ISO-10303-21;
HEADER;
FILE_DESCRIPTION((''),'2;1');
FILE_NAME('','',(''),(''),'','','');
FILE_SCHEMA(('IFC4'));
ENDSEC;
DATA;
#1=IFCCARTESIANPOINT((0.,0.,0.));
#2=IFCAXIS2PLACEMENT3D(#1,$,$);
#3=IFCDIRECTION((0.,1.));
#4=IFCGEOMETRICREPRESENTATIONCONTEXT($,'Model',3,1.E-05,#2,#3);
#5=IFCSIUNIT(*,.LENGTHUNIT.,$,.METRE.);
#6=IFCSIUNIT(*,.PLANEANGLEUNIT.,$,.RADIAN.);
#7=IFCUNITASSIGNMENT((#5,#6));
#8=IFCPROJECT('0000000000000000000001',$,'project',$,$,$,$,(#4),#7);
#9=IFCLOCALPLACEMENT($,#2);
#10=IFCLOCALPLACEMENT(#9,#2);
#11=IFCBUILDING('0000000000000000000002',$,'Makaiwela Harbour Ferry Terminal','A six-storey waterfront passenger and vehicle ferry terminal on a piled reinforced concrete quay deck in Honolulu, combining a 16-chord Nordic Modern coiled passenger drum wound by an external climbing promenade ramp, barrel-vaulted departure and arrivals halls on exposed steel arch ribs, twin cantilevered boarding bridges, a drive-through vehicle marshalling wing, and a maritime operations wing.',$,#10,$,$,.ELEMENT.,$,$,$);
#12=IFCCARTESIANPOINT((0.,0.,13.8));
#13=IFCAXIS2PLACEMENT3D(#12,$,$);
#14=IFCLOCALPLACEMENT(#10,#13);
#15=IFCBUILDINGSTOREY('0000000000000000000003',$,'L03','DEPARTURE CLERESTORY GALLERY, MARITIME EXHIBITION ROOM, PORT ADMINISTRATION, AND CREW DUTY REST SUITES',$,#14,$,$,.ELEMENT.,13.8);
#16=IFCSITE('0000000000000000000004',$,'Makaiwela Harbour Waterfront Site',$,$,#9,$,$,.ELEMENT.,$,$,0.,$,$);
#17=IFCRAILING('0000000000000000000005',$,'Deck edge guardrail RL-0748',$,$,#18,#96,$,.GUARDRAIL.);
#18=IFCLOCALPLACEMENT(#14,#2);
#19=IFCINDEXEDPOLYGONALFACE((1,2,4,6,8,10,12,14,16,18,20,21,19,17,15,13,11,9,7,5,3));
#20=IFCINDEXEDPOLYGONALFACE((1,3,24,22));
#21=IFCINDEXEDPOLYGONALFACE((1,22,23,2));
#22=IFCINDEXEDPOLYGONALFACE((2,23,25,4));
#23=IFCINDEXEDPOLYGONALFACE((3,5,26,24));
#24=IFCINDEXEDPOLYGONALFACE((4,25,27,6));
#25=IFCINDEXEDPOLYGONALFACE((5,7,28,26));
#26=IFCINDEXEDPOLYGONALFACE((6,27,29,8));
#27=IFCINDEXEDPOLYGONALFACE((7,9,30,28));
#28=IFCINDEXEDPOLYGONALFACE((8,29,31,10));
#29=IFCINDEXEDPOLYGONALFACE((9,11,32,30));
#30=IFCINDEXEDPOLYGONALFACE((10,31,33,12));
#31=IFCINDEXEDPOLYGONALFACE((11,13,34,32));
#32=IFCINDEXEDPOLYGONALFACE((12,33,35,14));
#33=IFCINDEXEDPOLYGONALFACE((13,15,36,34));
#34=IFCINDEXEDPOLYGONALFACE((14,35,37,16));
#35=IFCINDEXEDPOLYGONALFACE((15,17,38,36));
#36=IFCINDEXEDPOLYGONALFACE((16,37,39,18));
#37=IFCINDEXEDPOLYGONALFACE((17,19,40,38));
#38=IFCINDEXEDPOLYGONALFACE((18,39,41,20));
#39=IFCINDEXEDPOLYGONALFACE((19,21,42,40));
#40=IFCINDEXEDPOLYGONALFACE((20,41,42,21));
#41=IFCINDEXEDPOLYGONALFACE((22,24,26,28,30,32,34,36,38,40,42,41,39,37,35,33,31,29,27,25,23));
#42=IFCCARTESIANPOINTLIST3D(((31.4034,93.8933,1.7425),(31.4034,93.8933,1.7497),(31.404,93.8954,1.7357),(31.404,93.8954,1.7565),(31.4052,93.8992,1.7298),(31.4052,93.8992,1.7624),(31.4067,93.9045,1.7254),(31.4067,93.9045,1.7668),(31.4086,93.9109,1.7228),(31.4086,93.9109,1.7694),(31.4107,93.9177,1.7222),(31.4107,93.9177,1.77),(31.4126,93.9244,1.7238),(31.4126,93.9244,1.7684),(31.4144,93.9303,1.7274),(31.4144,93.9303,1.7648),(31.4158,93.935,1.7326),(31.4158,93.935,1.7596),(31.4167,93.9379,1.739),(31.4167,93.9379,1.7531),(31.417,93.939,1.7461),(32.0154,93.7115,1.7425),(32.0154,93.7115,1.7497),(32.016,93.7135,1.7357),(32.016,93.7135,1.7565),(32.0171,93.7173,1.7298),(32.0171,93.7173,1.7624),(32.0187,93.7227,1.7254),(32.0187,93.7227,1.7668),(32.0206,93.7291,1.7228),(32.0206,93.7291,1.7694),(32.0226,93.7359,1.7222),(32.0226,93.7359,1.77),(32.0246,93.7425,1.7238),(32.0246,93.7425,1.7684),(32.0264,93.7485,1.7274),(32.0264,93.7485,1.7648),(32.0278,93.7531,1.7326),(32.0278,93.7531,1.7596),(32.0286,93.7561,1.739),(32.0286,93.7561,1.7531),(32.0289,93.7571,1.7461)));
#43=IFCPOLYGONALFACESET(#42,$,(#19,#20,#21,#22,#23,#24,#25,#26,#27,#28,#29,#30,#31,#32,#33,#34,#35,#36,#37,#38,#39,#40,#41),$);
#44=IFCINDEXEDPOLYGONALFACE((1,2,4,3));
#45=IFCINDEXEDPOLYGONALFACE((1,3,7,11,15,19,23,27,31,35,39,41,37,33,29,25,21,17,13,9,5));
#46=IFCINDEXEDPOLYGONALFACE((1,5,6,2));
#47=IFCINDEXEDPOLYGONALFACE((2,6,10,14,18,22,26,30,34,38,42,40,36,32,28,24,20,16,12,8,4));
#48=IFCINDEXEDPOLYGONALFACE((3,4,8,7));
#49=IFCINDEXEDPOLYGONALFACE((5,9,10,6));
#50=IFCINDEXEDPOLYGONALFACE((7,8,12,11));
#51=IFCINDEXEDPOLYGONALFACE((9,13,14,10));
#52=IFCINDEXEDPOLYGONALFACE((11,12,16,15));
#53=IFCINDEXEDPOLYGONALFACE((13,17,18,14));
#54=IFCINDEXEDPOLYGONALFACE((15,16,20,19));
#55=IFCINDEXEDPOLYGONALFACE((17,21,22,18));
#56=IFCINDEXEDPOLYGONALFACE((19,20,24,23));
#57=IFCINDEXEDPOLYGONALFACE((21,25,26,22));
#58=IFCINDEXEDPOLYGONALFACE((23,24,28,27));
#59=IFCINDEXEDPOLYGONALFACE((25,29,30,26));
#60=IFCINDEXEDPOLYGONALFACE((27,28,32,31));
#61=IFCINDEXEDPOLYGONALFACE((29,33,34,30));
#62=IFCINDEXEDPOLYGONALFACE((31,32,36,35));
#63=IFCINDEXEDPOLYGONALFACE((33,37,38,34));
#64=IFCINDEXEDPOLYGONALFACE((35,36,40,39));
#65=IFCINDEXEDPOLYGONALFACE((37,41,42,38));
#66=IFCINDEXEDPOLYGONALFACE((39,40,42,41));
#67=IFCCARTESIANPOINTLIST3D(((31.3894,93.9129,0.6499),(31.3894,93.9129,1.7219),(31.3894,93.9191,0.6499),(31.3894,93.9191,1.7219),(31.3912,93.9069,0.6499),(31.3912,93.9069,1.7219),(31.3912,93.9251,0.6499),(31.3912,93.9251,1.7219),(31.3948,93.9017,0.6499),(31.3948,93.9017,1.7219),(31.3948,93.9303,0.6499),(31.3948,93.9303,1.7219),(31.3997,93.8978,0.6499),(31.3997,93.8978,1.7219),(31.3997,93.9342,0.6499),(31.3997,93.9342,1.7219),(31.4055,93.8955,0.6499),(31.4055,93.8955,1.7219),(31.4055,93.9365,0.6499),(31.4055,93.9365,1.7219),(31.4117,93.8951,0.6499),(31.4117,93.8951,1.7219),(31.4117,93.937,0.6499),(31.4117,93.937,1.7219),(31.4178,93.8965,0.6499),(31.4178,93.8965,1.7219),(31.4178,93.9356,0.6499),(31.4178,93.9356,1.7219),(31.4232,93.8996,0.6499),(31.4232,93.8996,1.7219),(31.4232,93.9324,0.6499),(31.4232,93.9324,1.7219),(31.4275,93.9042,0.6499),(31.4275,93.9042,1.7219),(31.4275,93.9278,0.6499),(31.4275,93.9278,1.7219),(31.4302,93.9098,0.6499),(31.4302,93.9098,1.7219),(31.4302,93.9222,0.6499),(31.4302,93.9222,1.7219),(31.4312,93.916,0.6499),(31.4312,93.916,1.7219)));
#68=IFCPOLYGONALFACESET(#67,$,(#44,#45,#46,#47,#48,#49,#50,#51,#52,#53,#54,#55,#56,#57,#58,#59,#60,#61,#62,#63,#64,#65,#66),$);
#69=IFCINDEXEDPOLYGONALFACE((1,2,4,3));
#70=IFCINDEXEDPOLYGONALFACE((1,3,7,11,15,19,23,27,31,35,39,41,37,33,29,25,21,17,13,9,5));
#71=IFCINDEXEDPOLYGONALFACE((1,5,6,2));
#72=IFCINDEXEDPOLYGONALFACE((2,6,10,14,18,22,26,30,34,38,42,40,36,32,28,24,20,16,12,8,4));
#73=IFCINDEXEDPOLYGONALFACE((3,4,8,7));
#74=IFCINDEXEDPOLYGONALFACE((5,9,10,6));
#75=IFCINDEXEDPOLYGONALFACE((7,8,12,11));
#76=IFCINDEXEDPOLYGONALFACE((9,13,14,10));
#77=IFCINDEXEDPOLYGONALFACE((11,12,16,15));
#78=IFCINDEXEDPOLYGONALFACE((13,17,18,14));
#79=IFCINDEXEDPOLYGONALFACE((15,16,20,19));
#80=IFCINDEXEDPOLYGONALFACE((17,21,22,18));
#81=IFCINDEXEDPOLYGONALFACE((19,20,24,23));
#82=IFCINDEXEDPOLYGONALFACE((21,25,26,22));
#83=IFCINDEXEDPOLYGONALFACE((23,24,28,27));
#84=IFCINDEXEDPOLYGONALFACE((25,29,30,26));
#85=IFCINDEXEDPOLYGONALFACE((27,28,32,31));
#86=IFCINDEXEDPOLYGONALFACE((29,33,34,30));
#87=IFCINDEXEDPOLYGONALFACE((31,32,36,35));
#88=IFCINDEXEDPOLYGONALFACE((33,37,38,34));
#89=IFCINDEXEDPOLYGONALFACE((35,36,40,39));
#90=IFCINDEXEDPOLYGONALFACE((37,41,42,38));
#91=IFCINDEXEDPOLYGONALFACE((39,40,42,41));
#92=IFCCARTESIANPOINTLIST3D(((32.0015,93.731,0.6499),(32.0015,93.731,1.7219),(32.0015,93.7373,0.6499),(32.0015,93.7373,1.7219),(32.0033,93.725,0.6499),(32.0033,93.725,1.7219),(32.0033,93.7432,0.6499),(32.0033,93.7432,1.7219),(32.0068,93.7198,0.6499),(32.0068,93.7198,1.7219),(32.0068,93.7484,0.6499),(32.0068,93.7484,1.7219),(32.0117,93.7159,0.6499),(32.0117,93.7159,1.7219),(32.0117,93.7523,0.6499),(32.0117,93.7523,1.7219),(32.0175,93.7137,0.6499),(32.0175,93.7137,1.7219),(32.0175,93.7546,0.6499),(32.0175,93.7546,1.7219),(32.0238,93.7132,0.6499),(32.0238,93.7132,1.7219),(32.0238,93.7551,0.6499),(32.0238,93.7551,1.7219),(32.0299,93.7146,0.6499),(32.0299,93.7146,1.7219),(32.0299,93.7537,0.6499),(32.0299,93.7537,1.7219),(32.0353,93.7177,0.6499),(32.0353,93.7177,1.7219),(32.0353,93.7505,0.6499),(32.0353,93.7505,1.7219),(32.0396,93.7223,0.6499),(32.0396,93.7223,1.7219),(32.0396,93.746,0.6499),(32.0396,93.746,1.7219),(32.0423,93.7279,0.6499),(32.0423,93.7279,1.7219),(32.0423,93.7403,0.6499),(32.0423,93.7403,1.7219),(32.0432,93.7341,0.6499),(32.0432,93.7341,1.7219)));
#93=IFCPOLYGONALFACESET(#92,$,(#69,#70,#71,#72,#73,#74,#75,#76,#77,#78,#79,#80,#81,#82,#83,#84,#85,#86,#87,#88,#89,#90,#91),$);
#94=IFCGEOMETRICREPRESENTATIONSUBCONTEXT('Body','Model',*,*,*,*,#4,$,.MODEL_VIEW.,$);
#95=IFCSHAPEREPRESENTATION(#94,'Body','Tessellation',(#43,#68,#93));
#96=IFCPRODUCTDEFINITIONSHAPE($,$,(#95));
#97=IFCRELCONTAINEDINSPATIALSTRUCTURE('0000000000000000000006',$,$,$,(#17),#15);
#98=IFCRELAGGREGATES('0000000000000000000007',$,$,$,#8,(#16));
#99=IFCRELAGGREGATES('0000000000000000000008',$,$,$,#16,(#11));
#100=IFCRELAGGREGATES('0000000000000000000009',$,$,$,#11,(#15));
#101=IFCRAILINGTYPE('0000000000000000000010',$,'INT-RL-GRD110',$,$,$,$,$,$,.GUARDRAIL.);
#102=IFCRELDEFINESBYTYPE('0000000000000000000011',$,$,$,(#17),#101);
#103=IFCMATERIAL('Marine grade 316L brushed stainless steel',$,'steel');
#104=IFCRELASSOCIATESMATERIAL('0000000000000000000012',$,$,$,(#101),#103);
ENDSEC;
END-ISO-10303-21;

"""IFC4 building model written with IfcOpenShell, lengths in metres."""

from ifc_helpers import new_model, si_unit, direction, frame, origin, origin_2d, place, context, subcontext, project, spatial, circle, extrude, material, type_object, element, save


model = new_model("IFC4")

# Units and contexts
model_context = context("Model", 3, precision=1e-05, world=origin(), true_north=direction((0.0, 1.0)))
body_context = subcontext(model_context, "Body", "Model", "MODEL_VIEW")
ifc_project = project(units=[si_unit("LENGTHUNIT", "METRE"), si_unit("PLANEANGLEUNIT", "RADIAN")], contexts=[model_context])

# Site, building, storey
site_placement = place(None, origin())
site = spatial("IfcSite", under=ifc_project, at=site_placement, Name="Makaiwela Harbour Waterfront Site", CompositionType="ELEMENT", RefElevation=0.0)
building_placement = place(site_placement, origin())
building = spatial("IfcBuilding", under=site, at=building_placement, Name="Makaiwela Harbour Ferry Terminal", Description="A six-storey waterfront passenger and vehicle ferry terminal on a piled reinforced concrete quay deck in Honolulu, combining a 16-chord Nordic Modern coiled passenger drum wound by an external climbing promenade ramp, barrel-vaulted departure and arrivals halls on exposed steel arch ribs, twin cantilevered boarding bridges, a drive-through vehicle marshalling wing, and a maritime operations wing.", CompositionType="ELEMENT")
storey_placement = place(building_placement, frame((0.0, 0.0, 13.8)))
storey = spatial("IfcBuildingStorey", under=building, at=storey_placement, Name="L03", Description="DEPARTURE CLERESTORY GALLERY, MARITIME EXHIBITION ROOM, PORT ADMINISTRATION, AND CREW DUTY REST SUITES", CompositionType="ELEMENT", Elevation=13.8)

# Railing
ifc_material_1 = material(Name="Marine grade 316L brushed stainless steel", Category="steel")
railing_type_1 = type_object("IfcRailingType", Name="INT-RL-GRD110", PredefinedType="GUARDRAIL", material=ifc_material_1)
railing_1_placement = place(storey_placement, frame((31.4102, 93.916, 0.6499)))
element("IfcRailing", 1, at=railing_1_placement, inside=storey, type_object=railing_type_1, Name="Deck edge guardrail RL-0748", PredefinedType="GUARDRAIL", context=body_context, shape_type="SweptSolid", body=[
    extrude(circle(Radius=0.0239, at=origin_2d()), frame((0.0, 0.0, 1.0962), z_axis=(0.95857, -0.284856, 0.0), x_axis=(0.284856, 0.95857, 0.0)), (0.0, 0.0, 1.0), 0.6384),
    extrude(circle(Radius=0.021, at=origin_2d()), origin(), (0.0, 0.0, 1.0), 1.072),
    extrude(circle(Radius=0.021, at=origin_2d()), frame((0.6121, -0.1819, 0.0)), (0.0, 0.0, 1.0), 1.072),
])

save(model, "model.ifc")
